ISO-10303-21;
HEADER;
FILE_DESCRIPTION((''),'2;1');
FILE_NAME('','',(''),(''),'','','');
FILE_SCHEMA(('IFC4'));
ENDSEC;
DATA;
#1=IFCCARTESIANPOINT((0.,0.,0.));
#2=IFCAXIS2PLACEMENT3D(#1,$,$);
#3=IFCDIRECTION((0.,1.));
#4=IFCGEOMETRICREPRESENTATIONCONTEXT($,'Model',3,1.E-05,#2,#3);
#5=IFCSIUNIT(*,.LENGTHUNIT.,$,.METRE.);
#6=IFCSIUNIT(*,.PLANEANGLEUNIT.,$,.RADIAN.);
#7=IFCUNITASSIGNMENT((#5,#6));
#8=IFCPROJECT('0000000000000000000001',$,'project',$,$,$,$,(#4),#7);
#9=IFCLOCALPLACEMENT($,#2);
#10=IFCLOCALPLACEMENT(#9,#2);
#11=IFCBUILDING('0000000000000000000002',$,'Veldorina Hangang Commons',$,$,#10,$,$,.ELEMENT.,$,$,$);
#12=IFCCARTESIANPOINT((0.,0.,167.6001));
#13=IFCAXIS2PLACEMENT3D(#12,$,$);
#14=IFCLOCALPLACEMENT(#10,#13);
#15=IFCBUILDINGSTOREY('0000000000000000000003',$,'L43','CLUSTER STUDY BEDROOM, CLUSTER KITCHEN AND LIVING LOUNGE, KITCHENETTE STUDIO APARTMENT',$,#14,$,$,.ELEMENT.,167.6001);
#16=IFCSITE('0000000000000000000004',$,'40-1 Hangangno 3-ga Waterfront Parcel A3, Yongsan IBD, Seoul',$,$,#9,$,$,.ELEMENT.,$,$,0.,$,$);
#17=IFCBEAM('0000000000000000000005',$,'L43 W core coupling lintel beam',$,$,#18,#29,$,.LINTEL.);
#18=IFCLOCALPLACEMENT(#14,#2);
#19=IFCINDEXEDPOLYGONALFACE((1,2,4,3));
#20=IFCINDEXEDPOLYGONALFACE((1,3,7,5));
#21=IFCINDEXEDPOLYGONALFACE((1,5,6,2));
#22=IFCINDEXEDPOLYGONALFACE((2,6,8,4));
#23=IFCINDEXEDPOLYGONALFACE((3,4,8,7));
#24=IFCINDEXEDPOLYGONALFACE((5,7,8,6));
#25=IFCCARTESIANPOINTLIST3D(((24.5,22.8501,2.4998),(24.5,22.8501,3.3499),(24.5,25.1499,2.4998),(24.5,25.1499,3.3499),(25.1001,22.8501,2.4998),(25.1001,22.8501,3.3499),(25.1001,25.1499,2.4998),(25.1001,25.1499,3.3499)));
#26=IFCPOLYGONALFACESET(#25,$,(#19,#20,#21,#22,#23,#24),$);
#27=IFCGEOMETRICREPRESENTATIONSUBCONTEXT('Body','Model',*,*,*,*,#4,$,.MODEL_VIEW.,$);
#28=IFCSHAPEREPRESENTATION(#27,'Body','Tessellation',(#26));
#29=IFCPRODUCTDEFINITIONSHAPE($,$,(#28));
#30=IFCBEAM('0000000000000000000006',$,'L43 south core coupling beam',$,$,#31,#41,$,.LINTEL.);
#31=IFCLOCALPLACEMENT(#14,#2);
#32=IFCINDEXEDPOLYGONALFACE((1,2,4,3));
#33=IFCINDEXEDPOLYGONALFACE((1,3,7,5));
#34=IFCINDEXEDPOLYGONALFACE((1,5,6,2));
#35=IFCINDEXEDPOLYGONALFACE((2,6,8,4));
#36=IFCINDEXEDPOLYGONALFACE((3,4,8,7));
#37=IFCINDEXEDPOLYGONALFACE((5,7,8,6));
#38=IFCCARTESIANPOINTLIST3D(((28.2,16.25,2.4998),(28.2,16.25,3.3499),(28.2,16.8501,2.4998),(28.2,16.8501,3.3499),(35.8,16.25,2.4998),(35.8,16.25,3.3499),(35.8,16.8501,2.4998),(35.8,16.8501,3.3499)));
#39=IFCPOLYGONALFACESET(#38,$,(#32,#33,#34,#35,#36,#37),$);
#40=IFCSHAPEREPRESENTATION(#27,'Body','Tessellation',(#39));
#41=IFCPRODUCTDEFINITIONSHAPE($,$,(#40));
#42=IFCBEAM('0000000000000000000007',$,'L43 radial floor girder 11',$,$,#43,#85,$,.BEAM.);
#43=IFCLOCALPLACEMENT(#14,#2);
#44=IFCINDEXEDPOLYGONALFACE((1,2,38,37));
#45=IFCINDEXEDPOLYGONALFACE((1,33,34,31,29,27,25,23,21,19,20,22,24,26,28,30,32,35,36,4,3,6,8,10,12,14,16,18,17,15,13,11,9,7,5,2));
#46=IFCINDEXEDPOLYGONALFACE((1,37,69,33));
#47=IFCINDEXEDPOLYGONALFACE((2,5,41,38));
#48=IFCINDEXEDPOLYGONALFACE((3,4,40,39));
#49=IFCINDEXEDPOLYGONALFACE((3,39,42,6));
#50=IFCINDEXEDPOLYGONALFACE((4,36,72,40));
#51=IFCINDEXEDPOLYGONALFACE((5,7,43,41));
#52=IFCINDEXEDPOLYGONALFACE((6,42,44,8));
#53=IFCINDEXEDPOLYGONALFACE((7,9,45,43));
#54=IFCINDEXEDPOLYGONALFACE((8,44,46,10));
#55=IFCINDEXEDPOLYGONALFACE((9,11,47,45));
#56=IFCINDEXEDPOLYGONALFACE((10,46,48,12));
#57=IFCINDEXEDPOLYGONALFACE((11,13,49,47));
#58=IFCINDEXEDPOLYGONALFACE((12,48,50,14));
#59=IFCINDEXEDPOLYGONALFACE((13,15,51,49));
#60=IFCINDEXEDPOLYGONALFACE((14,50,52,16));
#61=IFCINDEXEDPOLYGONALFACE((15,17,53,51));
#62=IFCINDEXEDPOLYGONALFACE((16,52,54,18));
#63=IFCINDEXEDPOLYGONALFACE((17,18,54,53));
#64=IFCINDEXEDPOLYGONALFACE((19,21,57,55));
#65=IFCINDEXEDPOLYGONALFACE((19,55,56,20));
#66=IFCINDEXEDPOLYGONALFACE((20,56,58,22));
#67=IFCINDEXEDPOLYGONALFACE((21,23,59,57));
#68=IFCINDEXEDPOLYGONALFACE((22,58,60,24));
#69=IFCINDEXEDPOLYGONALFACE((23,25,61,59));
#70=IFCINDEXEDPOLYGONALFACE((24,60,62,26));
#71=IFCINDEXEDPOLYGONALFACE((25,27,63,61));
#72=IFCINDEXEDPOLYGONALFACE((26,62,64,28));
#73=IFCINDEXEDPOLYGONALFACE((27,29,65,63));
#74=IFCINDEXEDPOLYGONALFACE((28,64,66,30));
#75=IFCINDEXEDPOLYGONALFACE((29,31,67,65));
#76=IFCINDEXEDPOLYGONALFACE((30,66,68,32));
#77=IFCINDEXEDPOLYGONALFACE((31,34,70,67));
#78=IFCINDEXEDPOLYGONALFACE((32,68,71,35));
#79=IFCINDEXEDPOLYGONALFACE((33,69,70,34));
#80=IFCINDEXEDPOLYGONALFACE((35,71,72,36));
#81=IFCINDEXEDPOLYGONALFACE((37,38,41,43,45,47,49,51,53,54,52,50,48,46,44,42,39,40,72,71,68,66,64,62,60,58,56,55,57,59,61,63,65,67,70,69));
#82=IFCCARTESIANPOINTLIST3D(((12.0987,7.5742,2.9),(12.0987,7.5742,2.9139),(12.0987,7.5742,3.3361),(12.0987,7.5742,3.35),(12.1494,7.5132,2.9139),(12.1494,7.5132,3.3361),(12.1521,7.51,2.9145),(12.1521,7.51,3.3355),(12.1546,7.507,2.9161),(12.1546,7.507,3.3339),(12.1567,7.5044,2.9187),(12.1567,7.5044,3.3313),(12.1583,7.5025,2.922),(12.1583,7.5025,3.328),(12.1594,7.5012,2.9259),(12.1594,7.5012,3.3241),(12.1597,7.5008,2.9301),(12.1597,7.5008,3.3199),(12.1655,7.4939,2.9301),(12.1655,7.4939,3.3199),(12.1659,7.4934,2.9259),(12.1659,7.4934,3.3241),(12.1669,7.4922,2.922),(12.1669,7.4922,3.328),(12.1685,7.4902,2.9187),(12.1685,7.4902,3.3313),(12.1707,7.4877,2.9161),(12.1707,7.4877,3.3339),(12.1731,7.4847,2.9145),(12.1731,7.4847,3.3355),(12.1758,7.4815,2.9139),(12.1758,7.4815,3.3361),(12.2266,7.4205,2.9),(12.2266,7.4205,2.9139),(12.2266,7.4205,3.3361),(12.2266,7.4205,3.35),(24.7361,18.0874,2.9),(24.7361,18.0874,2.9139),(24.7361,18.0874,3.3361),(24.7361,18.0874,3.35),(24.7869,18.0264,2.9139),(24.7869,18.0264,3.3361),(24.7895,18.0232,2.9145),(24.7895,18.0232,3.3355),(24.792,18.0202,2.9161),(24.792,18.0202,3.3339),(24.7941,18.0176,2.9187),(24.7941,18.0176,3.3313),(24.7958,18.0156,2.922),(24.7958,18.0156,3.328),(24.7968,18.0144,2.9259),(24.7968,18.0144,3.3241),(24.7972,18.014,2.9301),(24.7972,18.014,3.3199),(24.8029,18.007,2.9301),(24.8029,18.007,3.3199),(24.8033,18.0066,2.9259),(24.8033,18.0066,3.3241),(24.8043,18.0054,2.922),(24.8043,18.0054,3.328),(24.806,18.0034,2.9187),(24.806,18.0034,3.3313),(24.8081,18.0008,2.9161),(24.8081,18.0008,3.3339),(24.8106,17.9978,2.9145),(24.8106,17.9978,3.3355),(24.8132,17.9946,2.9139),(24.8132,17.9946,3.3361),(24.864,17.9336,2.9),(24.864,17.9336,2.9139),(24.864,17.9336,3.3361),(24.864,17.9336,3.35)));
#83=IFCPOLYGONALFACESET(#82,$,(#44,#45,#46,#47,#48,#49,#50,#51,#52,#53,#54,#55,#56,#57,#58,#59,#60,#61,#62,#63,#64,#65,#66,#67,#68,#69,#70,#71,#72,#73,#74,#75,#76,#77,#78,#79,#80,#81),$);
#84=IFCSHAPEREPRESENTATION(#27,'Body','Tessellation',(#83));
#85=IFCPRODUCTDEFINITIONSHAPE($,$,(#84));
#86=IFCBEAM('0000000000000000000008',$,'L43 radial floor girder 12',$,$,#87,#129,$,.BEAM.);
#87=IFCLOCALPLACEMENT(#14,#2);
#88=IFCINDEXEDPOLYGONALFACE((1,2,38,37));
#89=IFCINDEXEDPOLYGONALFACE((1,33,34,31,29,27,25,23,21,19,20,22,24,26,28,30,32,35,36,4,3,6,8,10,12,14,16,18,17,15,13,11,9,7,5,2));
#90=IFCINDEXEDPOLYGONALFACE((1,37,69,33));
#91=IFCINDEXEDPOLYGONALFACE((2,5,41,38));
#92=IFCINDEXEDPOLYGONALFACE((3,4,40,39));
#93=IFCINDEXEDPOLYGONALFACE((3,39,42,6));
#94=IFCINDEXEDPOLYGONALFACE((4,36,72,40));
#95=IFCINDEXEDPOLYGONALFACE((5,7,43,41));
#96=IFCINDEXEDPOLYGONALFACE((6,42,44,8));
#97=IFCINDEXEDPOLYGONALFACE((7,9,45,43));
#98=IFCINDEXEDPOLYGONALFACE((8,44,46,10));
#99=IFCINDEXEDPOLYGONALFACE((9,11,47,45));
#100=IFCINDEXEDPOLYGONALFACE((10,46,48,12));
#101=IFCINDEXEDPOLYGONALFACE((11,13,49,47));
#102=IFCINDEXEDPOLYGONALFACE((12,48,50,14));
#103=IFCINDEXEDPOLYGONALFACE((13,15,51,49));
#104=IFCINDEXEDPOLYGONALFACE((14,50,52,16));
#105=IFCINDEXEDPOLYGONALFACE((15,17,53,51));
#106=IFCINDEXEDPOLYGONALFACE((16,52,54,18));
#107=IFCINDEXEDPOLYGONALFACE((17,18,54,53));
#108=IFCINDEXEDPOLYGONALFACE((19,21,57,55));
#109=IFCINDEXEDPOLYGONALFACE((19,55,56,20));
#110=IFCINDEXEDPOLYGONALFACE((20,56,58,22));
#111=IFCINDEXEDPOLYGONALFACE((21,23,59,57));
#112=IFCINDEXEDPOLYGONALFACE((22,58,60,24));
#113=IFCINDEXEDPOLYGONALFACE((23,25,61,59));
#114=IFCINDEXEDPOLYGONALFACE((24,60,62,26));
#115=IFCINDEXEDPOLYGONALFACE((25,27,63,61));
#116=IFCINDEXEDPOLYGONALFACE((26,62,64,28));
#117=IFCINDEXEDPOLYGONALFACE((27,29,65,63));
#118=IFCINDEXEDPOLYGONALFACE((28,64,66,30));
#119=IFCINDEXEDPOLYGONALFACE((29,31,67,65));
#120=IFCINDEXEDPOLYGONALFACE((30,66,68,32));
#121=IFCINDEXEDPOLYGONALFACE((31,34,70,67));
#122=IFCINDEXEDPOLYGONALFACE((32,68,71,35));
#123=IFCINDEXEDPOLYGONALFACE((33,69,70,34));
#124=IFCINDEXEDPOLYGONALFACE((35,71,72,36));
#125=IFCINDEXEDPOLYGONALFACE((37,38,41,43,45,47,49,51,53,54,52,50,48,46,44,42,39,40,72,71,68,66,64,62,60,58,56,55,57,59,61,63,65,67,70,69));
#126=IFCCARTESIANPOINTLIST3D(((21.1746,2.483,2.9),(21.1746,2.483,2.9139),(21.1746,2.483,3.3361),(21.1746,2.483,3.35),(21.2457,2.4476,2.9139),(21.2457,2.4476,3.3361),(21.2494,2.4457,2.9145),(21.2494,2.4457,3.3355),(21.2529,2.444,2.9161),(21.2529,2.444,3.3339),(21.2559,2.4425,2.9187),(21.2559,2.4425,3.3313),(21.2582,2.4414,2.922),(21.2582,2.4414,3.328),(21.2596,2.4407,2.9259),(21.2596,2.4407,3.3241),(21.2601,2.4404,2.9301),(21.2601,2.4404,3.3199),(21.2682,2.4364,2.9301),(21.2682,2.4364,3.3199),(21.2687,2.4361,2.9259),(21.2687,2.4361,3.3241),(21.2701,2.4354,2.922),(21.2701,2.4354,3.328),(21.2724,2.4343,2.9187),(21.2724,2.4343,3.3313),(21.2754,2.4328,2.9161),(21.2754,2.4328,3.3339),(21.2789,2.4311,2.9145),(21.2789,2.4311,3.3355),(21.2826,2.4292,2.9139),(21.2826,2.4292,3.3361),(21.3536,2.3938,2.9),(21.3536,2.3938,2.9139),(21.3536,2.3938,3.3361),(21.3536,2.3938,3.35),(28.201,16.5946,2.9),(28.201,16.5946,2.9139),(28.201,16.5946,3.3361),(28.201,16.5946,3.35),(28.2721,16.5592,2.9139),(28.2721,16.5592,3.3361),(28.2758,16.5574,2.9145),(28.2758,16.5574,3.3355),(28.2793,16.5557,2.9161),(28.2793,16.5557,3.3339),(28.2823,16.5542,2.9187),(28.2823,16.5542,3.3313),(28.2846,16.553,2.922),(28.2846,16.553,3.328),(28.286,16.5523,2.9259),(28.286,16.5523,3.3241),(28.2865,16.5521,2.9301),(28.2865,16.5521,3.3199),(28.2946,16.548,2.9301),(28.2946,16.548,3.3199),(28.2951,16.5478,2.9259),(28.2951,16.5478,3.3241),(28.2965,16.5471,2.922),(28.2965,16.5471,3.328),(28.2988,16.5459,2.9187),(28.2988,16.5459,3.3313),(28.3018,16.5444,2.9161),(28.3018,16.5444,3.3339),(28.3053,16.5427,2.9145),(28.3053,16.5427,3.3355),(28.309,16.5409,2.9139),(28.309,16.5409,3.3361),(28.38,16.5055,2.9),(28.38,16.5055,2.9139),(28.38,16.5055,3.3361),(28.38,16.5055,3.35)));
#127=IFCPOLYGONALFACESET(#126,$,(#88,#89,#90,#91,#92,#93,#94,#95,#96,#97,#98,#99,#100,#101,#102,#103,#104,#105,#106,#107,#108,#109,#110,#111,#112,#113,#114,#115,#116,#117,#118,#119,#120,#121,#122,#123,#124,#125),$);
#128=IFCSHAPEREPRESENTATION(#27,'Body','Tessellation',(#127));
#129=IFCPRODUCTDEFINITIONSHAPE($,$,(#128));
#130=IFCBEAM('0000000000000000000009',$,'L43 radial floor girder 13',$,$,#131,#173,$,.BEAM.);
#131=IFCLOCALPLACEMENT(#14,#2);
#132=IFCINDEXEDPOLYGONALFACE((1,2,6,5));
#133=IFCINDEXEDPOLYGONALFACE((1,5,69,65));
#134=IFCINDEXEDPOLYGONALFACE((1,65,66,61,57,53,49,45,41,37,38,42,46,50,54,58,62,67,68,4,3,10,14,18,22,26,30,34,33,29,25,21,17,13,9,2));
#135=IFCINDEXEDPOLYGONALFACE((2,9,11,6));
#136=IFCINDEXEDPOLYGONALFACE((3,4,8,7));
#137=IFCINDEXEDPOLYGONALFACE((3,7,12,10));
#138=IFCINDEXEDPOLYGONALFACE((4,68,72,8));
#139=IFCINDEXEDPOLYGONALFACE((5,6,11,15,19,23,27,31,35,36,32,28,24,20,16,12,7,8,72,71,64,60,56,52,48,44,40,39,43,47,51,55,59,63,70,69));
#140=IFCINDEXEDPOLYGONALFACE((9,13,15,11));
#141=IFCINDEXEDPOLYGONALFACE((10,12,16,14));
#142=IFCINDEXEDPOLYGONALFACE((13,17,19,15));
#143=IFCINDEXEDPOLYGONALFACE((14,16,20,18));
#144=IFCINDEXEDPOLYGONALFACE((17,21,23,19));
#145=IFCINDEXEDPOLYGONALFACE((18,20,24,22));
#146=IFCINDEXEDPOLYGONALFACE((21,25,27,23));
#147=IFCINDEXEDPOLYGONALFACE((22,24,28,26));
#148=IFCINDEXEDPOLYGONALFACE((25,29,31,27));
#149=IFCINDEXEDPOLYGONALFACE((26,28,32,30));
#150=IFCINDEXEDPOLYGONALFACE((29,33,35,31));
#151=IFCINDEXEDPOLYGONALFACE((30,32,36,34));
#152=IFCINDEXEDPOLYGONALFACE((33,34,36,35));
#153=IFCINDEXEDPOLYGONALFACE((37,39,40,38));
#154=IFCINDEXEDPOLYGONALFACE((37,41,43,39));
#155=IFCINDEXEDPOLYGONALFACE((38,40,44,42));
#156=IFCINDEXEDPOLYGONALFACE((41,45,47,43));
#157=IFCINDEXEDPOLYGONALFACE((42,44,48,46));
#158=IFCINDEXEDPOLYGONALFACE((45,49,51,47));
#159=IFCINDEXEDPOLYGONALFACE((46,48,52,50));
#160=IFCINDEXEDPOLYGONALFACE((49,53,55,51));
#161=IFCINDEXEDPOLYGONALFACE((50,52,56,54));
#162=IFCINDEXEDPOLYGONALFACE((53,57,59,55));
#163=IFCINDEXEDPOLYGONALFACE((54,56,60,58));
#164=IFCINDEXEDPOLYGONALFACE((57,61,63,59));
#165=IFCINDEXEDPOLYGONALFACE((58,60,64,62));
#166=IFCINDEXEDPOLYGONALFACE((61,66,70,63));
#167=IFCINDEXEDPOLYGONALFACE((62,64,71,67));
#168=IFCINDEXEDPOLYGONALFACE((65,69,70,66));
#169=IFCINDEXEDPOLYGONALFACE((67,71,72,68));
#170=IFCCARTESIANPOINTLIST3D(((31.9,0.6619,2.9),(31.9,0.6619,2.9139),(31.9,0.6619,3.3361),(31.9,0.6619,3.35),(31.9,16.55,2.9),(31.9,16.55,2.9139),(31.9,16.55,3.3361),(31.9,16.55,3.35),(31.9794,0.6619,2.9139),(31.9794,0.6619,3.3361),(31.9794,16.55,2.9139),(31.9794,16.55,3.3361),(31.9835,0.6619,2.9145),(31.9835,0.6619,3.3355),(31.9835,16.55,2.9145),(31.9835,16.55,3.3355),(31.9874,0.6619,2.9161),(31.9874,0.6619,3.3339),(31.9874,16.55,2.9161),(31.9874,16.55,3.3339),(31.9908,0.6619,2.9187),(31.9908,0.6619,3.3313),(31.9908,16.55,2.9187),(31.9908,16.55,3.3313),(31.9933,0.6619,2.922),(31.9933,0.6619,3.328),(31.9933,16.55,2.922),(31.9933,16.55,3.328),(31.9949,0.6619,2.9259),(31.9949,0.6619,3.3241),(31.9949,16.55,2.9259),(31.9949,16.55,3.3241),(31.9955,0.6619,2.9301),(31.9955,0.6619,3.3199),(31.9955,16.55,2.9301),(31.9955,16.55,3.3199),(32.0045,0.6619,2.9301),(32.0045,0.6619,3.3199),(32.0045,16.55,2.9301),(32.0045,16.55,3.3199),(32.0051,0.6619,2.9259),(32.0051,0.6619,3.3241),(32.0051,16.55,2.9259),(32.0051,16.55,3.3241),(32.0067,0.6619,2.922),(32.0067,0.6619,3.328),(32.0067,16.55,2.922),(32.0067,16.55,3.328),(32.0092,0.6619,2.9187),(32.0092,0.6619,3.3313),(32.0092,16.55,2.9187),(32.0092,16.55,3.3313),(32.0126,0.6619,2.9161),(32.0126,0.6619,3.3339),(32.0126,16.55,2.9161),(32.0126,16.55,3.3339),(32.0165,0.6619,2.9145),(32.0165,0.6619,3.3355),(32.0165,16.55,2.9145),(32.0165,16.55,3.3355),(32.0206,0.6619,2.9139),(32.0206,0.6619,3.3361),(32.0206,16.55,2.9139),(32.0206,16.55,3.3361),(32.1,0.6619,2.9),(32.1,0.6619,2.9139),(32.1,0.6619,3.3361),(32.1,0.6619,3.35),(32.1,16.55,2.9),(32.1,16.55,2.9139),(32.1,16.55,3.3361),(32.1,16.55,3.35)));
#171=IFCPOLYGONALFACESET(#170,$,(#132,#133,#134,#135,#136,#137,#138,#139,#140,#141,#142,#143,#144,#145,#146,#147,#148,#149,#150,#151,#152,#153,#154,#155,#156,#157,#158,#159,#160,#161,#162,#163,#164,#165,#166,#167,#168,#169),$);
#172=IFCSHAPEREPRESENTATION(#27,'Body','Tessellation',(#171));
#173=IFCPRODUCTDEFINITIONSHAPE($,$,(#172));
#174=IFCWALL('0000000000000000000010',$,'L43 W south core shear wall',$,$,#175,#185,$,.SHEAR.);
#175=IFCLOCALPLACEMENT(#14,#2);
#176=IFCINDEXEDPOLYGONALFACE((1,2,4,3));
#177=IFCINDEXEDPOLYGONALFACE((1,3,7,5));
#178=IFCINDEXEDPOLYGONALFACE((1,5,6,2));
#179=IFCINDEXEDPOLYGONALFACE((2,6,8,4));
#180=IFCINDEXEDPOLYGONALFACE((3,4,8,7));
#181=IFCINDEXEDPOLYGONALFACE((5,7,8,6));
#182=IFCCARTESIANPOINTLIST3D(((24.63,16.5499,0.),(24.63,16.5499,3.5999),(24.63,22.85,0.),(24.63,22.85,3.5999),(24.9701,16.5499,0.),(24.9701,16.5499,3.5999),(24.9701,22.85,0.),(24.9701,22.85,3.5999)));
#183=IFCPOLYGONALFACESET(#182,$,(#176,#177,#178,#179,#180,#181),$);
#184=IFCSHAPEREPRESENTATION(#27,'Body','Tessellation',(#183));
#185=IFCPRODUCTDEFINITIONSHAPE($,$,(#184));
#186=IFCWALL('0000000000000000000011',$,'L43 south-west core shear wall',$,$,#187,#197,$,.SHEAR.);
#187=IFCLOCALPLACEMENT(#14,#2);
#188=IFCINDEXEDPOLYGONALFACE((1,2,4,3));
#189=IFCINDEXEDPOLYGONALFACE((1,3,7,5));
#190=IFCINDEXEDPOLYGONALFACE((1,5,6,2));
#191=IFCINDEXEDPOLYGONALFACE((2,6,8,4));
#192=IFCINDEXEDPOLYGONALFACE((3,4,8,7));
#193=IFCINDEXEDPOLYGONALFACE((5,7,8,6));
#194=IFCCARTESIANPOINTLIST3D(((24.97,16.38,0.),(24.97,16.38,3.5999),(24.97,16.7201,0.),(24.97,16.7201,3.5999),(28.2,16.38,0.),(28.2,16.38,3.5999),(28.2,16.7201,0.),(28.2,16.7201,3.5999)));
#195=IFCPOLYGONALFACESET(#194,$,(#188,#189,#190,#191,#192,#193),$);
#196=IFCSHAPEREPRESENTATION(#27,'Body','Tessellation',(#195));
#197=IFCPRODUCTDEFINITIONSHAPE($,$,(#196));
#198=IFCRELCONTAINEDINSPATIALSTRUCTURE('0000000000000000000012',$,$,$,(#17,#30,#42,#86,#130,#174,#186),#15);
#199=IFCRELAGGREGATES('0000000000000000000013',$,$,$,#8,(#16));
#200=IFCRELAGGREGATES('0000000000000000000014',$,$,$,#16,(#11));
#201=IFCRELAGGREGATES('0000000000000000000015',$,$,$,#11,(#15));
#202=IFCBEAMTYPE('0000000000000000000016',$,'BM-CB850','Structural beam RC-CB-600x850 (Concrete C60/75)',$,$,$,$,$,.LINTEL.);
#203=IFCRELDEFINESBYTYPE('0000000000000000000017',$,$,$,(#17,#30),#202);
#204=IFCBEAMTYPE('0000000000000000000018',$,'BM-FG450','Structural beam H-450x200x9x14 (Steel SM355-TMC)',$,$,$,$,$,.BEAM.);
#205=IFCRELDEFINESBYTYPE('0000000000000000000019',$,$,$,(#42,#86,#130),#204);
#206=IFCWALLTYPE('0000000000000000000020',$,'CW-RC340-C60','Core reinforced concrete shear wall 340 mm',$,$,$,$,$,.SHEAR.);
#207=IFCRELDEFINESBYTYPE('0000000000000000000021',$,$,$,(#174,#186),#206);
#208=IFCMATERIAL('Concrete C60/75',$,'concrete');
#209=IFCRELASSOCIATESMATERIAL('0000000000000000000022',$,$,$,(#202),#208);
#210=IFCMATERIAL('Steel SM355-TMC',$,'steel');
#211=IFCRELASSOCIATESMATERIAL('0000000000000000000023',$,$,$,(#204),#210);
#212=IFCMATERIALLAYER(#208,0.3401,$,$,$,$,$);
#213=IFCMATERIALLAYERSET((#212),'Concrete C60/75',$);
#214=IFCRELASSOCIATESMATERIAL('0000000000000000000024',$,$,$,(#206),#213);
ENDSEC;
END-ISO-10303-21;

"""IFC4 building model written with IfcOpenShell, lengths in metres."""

from ifc_helpers import new_model, si_unit, direction, frame, frame_2d, origin, origin_2d, place, context, subcontext, project, spatial, rectangle, i_section, extrude, material, layer, layer_set, material_profile, profile_set, type_object, element, save


model = new_model("IFC4")

# Units and contexts
model_context = context("Model", 3, precision=1e-05, world=origin(), true_north=direction((0.0, 1.0)))
body_context = subcontext(model_context, "Body", "Model", "MODEL_VIEW")
ifc_project = project(units=[si_unit("LENGTHUNIT", "METRE"), si_unit("PLANEANGLEUNIT", "RADIAN")], contexts=[model_context])

# Site, building, storey
site_placement = place(None, origin())
site = spatial("IfcSite", under=ifc_project, at=site_placement, Name="40-1 Hangangno 3-ga Waterfront Parcel A3, Yongsan IBD, Seoul", CompositionType="ELEMENT", RefElevation=0.0)
building_placement = place(site_placement, origin())
building = spatial("IfcBuilding", under=site, at=building_placement, Name="Veldorina Hangang Commons", CompositionType="ELEMENT")
storey_placement = place(building_placement, frame((0.0, 0.0, 167.6001)))
storey = spatial("IfcBuildingStorey", under=building, at=storey_placement, Name="L43", Description="CLUSTER STUDY BEDROOM, CLUSTER KITCHEN AND LIVING LOUNGE, KITCHENETTE STUDIO APARTMENT", CompositionType="ELEMENT", Elevation=167.6001)

# Beams
ifc_material_1 = material(Name="Concrete C60/75", Category="concrete")
ifc_material_profile_1 = material_profile(ifc_material_1, rectangle(XDim=0.6001, YDim=0.8501, at=origin_2d()), Name="RC-CB-600x850")
ifc_profile_set_1 = profile_set([ifc_material_profile_1], Name="Concrete C60/75")
beam_type_1 = type_object("IfcBeamType", Name="BM-CB850", Description="Structural beam RC-CB-600x850 (Concrete C60/75)", PredefinedType="LINTEL", material=ifc_profile_set_1)
beam_1_placement = place(storey_placement, frame((24.8, 22.8501, 2.9248), z_axis=(0.0, 1.0, 0.0), x_axis=(-1.0, 0.0, 0.0)))
element("IfcBeam", 1, at=beam_1_placement, inside=storey, type_object=beam_type_1, Name="L43 W core coupling lintel beam", PredefinedType="LINTEL", context=body_context, shape_type="SweptSolid", body=[
    extrude(rectangle(XDim=0.6001, YDim=0.8501, at=origin_2d()), origin(), (0.0, 0.0, 1.0), 2.2998),
])
beam_2_placement = place(storey_placement, frame((28.2, 16.55, 2.9248), z_axis=(1.0, 0.0, 0.0), x_axis=(0.0, 1.0, 0.0)))
element("IfcBeam", 2, at=beam_2_placement, inside=storey, type_object=beam_type_1, Name="L43 south core coupling beam", PredefinedType="LINTEL", context=body_context, shape_type="SweptSolid", body=[
    extrude(rectangle(XDim=0.6001, YDim=0.8501, at=origin_2d()), origin(), (0.0, 0.0, 1.0), 7.6001),
])
ifc_material_2 = material(Name="Steel SM355-TMC", Category="steel")
ifc_material_profile_2 = material_profile(ifc_material_2, i_section(OverallWidth=0.2, OverallDepth=0.45, WebThickness=0.009, FlangeThickness=0.0139, FilletRadius=0.0161, at=origin_2d()), Name="H-450x200x9x14")
ifc_profile_set_2 = profile_set([ifc_material_profile_2], Name="Steel SM355-TMC")
beam_type_2 = type_object("IfcBeamType", Name="BM-FG450", Description="Structural beam H-450x200x9x14 (Steel SM355-TMC)", PredefinedType="BEAM", material=ifc_profile_set_2)
beam_3_placement = place(storey_placement, frame((24.8, 18.0105, 3.125), z_axis=(-0.76876, -0.639537, 0.0), x_axis=(0.639537, -0.76876, 0.0)))
element("IfcBeam", 3, at=beam_3_placement, inside=storey, type_object=beam_type_2, Name="L43 radial floor girder 11", PredefinedType="BEAM", context=body_context, shape_type="SweptSolid", body=[
    extrude(i_section(OverallWidth=0.2, OverallDepth=0.45, WebThickness=0.009, FlangeThickness=0.0139, FilletRadius=0.0161, at=origin_2d()), origin(), (0.0, 0.0, 1.0), 16.4387),
])
beam_4_placement = place(storey_placement, frame((28.2905, 16.55, 3.125), z_axis=(-0.44572, -0.895172, 0.0), x_axis=(0.895172, -0.44572, 0.0)))
element("IfcBeam", 4, at=beam_4_placement, inside=storey, type_object=beam_type_2, Name="L43 radial floor girder 12", PredefinedType="BEAM", context=body_context, shape_type="SweptSolid", body=[
    extrude(i_section(OverallWidth=0.2, OverallDepth=0.45, WebThickness=0.009, FlangeThickness=0.0139, FilletRadius=0.0161, at=origin_2d()), origin(), (0.0, 0.0, 1.0), 15.7642),
])
beam_5_placement = place(storey_placement, frame((32.0, 16.55, 3.125), z_axis=(0.0, -1.0, 0.0), x_axis=(1.0, 0.0, 0.0)))
element("IfcBeam", 5, at=beam_5_placement, inside=storey, type_object=beam_type_2, Name="L43 radial floor girder 13", PredefinedType="BEAM", context=body_context, shape_type="SweptSolid", body=[
    extrude(i_section(OverallWidth=0.2, OverallDepth=0.45, WebThickness=0.009, FlangeThickness=0.0139, FilletRadius=0.0161, at=origin_2d()), origin(), (0.0, 0.0, 1.0), 15.8882),
])

# Walls
ifc_layer_1 = layer(ifc_material_1, 0.3401)
ifc_layer_set_1 = layer_set([ifc_layer_1], Name="Concrete C60/75")
wall_type_1 = type_object("IfcWallType", Name="CW-RC340-C60", Description="Core reinforced concrete shear wall 340 mm", PredefinedType="SHEAR", material=ifc_layer_set_1)
wall_1_placement = place(storey_placement, frame((24.8, 16.55, 0.0), z_axis=(0.0, 0.0, 1.0), x_axis=(0.0, 1.0, 0.0)))
element("IfcWall", 6, at=wall_1_placement, inside=storey, type_object=wall_type_1, Name="L43 W south core shear wall", PredefinedType="SHEAR", context=body_context, shape_type="SweptSolid", body=[
    extrude(rectangle(XDim=6.3, YDim=0.3401, at=frame_2d((3.1499, 0.0))), origin(), (0.0, 0.0, 1.0), 3.5999),
])
wall_2_placement = place(storey_placement, frame((24.97, 16.55, 0.0), z_axis=(0.0, 0.0, 1.0), x_axis=(1.0, 0.0, 0.0)))
element("IfcWall", 7, at=wall_2_placement, inside=storey, type_object=wall_type_1, Name="L43 south-west core shear wall", PredefinedType="SHEAR", context=body_context, shape_type="SweptSolid", body=[
    extrude(rectangle(XDim=3.23, YDim=0.3401, at=frame_2d((1.615, 0.0))), origin(), (0.0, 0.0, 1.0), 3.5999),
])

save(model, "model.ifc")
